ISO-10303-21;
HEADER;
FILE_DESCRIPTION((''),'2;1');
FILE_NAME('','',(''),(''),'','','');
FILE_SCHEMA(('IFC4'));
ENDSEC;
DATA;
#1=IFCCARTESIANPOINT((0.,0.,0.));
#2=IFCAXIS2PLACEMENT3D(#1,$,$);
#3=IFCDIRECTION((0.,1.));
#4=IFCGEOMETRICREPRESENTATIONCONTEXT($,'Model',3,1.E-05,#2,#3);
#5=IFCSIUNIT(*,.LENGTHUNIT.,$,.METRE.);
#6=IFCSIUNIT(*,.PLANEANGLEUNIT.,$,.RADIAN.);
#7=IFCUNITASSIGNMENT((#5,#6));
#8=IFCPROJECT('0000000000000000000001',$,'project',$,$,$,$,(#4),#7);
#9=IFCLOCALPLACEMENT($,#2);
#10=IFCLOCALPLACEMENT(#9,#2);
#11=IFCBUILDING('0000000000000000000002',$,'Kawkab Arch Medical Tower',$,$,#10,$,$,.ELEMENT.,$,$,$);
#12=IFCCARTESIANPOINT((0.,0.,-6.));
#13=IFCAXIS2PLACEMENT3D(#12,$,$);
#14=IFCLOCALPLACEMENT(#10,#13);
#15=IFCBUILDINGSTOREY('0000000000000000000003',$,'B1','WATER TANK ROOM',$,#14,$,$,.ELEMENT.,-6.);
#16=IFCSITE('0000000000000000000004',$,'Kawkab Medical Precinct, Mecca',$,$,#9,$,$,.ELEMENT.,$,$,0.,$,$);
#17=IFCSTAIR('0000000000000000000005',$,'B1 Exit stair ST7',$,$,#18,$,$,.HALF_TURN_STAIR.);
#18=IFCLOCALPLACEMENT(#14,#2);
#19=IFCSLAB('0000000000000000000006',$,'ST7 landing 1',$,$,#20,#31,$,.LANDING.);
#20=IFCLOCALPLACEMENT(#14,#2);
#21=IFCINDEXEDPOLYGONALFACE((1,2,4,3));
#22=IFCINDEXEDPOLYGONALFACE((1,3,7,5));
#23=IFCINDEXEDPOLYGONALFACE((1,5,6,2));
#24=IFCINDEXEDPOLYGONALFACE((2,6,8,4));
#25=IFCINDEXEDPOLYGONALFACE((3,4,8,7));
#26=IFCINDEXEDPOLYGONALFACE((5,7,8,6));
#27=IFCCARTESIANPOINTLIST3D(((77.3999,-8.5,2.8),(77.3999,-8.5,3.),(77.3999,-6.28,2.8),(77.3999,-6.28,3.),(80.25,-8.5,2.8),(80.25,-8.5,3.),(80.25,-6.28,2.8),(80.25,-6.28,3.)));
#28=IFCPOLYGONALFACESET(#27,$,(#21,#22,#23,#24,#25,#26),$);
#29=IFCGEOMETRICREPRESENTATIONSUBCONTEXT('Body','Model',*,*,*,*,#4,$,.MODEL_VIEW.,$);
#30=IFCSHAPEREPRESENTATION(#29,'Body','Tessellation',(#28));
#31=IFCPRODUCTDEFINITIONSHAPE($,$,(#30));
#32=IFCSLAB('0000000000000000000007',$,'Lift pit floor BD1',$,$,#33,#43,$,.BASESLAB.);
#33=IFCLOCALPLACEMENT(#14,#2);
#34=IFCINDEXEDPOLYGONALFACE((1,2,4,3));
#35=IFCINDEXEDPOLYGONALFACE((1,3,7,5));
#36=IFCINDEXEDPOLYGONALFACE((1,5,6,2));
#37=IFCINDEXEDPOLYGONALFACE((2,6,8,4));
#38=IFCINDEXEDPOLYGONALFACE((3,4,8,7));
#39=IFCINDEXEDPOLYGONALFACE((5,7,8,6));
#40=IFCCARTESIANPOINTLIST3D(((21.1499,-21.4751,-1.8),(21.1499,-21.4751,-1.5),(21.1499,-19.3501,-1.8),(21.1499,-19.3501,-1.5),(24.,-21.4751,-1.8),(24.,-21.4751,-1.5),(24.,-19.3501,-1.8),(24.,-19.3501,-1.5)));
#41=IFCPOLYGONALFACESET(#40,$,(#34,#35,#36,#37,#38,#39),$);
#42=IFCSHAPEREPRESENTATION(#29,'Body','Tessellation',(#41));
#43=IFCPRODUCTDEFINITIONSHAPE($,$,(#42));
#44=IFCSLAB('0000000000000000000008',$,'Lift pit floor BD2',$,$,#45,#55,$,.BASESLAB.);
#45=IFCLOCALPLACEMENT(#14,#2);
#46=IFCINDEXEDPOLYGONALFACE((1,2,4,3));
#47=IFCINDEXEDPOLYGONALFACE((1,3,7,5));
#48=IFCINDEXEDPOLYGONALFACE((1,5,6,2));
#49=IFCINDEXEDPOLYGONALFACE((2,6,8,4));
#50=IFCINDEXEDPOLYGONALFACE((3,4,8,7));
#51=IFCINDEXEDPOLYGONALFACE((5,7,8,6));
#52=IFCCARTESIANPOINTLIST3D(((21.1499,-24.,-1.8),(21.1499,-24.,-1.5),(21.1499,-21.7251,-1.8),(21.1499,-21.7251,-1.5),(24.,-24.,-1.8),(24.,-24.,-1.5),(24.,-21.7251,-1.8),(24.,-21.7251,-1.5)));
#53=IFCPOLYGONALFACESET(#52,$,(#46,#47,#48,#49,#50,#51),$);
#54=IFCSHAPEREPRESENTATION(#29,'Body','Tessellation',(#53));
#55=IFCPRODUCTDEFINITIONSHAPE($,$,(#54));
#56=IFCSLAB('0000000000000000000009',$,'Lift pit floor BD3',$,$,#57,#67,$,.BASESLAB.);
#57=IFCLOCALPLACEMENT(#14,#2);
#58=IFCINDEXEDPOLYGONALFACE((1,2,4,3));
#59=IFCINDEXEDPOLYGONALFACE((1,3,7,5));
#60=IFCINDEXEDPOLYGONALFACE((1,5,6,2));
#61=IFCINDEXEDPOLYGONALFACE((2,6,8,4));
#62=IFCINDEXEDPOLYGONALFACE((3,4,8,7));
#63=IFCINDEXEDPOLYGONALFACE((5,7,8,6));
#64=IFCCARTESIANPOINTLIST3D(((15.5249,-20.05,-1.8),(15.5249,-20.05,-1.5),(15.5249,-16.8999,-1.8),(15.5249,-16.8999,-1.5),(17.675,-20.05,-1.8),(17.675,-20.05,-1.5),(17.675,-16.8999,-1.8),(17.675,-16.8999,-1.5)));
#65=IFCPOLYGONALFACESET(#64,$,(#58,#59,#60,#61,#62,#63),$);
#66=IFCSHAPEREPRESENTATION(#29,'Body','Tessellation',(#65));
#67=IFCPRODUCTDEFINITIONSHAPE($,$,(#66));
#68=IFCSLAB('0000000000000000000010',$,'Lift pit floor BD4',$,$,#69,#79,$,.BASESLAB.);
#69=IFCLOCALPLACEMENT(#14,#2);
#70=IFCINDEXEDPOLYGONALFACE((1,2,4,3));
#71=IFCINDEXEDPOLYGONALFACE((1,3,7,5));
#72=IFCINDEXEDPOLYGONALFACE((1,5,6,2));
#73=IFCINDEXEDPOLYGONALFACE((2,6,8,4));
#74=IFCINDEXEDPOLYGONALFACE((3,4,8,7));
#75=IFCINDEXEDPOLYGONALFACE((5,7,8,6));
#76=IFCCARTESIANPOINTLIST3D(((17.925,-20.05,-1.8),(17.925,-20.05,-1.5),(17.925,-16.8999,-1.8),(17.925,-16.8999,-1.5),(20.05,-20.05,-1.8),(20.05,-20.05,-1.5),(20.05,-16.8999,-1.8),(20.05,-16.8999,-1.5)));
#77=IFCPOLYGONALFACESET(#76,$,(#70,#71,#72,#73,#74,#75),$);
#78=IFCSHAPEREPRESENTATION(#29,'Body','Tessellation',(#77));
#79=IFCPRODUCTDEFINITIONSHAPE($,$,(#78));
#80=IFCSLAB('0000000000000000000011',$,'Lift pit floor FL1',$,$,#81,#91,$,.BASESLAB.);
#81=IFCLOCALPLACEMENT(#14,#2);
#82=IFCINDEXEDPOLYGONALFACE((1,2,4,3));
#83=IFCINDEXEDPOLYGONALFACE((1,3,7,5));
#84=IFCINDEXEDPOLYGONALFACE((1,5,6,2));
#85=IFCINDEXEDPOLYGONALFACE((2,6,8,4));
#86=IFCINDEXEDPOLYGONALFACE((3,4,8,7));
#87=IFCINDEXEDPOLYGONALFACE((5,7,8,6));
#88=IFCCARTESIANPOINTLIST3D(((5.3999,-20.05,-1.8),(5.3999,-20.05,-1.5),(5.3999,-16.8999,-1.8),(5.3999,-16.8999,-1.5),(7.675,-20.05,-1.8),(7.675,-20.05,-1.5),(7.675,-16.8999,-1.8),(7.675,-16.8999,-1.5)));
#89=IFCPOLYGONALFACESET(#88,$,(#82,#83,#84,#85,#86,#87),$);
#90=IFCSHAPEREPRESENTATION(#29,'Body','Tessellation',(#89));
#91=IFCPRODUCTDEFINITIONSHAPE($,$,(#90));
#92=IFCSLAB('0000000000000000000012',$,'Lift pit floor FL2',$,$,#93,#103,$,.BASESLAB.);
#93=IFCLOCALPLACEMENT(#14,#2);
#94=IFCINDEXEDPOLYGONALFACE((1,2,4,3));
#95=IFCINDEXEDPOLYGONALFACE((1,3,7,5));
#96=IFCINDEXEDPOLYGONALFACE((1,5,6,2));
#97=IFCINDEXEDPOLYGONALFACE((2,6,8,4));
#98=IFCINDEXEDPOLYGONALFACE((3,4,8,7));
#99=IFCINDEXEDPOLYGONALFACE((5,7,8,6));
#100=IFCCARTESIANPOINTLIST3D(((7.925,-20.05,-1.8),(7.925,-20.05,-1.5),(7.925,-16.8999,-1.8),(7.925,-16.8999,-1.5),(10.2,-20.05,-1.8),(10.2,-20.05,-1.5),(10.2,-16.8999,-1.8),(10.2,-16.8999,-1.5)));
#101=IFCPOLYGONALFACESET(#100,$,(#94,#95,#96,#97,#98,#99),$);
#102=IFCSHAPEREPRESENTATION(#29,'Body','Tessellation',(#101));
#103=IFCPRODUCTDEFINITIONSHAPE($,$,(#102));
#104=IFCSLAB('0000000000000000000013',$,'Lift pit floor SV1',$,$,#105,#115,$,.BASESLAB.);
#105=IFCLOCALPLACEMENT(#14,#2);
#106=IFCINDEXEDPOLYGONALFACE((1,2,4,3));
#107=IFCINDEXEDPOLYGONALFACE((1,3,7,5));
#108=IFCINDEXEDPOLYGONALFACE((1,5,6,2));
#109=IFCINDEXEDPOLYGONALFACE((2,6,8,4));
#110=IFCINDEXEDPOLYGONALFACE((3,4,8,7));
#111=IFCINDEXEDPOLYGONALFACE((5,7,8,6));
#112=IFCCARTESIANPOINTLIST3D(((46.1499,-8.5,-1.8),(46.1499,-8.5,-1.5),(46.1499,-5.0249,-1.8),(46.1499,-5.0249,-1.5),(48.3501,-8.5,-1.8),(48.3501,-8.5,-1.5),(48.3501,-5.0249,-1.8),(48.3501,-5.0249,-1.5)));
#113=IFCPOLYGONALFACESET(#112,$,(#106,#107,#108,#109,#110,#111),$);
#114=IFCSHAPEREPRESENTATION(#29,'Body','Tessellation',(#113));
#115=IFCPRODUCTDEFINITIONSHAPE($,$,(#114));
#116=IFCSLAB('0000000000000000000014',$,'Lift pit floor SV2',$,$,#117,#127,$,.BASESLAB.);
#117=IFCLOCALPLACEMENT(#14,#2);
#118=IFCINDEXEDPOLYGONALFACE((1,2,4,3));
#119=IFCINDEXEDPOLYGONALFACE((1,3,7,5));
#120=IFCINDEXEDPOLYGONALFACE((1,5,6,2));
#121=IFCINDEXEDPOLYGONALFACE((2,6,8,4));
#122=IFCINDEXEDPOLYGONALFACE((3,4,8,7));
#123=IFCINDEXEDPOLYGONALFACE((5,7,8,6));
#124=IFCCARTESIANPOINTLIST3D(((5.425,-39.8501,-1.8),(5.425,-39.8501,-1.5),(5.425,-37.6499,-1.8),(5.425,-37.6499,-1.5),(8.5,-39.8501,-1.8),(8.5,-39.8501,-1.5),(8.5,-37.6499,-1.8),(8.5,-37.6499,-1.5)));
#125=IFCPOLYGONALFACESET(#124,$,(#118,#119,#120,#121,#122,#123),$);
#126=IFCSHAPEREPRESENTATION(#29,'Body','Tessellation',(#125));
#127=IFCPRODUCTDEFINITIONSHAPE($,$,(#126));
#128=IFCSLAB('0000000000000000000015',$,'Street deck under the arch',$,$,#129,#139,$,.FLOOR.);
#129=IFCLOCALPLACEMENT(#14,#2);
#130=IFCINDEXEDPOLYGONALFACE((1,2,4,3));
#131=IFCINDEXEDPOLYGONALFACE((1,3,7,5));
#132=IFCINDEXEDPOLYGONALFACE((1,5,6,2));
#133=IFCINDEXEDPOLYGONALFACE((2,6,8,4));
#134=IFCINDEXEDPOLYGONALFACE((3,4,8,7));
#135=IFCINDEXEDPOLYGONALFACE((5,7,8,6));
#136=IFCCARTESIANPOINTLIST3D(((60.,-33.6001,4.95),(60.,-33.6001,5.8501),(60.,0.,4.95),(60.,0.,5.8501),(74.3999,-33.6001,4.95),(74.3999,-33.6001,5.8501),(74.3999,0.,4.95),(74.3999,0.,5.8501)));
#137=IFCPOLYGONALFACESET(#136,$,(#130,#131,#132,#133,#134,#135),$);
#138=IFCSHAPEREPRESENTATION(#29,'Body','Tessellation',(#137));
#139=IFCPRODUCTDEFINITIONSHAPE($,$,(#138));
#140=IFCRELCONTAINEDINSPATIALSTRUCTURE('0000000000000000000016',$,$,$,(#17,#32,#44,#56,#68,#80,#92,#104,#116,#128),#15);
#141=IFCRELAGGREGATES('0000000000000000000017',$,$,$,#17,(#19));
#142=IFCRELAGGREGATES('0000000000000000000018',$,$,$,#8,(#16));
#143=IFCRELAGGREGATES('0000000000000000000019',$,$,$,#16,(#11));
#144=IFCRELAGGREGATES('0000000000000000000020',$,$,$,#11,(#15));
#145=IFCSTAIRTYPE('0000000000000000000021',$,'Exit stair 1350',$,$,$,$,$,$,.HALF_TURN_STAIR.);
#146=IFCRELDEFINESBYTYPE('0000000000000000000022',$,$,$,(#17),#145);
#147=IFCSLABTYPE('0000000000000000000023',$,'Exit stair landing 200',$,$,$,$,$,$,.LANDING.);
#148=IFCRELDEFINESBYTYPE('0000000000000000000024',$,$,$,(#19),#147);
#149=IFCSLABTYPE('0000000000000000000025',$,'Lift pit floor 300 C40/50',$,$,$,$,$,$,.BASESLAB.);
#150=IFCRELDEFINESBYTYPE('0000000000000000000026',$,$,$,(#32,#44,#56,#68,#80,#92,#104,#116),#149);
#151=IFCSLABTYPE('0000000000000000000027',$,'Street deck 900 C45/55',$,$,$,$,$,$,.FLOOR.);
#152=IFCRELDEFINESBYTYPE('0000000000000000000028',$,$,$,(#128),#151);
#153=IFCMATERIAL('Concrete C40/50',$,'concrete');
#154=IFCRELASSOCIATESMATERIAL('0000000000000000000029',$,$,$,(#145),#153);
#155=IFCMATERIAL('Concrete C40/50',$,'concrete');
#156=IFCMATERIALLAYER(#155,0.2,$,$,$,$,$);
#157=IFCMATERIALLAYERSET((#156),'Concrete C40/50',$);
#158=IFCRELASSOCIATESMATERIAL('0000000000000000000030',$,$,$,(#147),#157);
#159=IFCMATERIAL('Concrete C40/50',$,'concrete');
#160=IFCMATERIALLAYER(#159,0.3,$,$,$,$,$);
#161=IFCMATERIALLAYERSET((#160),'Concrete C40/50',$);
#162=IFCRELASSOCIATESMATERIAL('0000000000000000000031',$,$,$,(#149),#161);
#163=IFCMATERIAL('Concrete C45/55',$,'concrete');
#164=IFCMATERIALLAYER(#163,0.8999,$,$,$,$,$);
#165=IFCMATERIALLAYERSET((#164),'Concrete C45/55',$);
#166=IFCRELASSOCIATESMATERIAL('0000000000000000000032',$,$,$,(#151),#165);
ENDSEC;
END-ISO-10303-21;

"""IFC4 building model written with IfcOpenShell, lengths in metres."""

from ifc_helpers import new_model, si_unit, direction, frame, origin, place, context, subcontext, project, spatial, polyline, outline, extrude, material, layer, layer_set, type_object, element, aggregate, save


model = new_model("IFC4")

# Units and contexts
model_context = context("Model", 3, precision=1e-05, world=origin(), true_north=direction((0.0, 1.0)))
body_context = subcontext(model_context, "Body", "Model", "MODEL_VIEW")
ifc_project = project(units=[si_unit("LENGTHUNIT", "METRE"), si_unit("PLANEANGLEUNIT", "RADIAN")], contexts=[model_context])

# Site, building, storey
site_placement = place(None, origin())
site = spatial("IfcSite", under=ifc_project, at=site_placement, Name="Kawkab Medical Precinct, Mecca", CompositionType="ELEMENT", RefElevation=0.0)
building_placement = place(site_placement, origin())
building = spatial("IfcBuilding", under=site, at=building_placement, Name="Kawkab Arch Medical Tower", CompositionType="ELEMENT")
storey_placement = place(building_placement, frame((0.0, 0.0, -6.0)))
storey = spatial("IfcBuildingStorey", under=building, at=storey_placement, Name="B1", Description="WATER TANK ROOM", CompositionType="ELEMENT", Elevation=-6.0)

# Stair, slab
ifc_material_1 = material(Name="Concrete C40/50", Category="concrete")
stair_type = type_object("IfcStairType", Name="Exit stair 1350", PredefinedType="HALF_TURN_STAIR", material=ifc_material_1)
placement_1 = place(storey_placement, origin())
ifc_material_2 = material(Name="Concrete C40/50", Category="concrete")
ifc_layer_1 = layer(ifc_material_2, 0.2)
ifc_layer_set_1 = layer_set([ifc_layer_1], Name="Concrete C40/50")
slab_type_1 = type_object("IfcSlabType", Name="Exit stair landing 200", PredefinedType="LANDING", material=ifc_layer_set_1)
placement_2 = place(storey_placement, frame((0.0, 0.0, 2.8)))
stair_1 = element("IfcStair", 1, at=placement_1, inside=storey, type_object=stair_type, Name="B1 Exit stair ST7", PredefinedType="HALF_TURN_STAIR")
slab_1 = element("IfcSlab", 2, at=placement_2, type_object=slab_type_1, Name="ST7 landing 1", PredefinedType="LANDING", context=body_context, shape_type="SweptSolid", body=[
    extrude(outline(polyline([(77.3999, -6.28), (77.3999, -8.5), (80.25, -8.5), (80.25, -6.28), (77.3999, -6.28)])), origin(), (0.0, 0.0, 1.0), 0.2),
])
aggregate(stair_1, [slab_1])

# Slabs
ifc_material_3 = material(Name="Concrete C40/50", Category="concrete")
ifc_layer_2 = layer(ifc_material_3, 0.3)
ifc_layer_set_2 = layer_set([ifc_layer_2], Name="Concrete C40/50")
slab_type_2 = type_object("IfcSlabType", Name="Lift pit floor 300 C40/50", PredefinedType="BASESLAB", material=ifc_layer_set_2)
placement_3 = place(storey_placement, frame((0.0, 0.0, -1.8)))
element("IfcSlab", 3, at=placement_3, inside=storey, type_object=slab_type_2, Name="Lift pit floor BD1", PredefinedType="BASESLAB", context=body_context, shape_type="SweptSolid", body=[
    extrude(outline(polyline([(21.1499, -21.4751), (24.0, -21.4751), (24.0, -19.3501), (21.1499, -19.3501), (21.1499, -21.4751)])), origin(), (0.0, 0.0, 1.0), 0.3),
])
element("IfcSlab", 4, at=placement_3, inside=storey, type_object=slab_type_2, Name="Lift pit floor BD2", PredefinedType="BASESLAB", context=body_context, shape_type="SweptSolid", body=[
    extrude(outline(polyline([(21.1499, -24.0), (24.0, -24.0), (24.0, -21.7251), (21.1499, -21.7251), (21.1499, -24.0)])), origin(), (0.0, 0.0, 1.0), 0.3),
])
element("IfcSlab", 5, at=placement_3, inside=storey, type_object=slab_type_2, Name="Lift pit floor BD3", PredefinedType="BASESLAB", context=body_context, shape_type="SweptSolid", body=[
    extrude(outline(polyline([(15.5249, -20.05), (17.675, -20.05), (17.675, -16.8999), (15.5249, -16.8999), (15.5249, -20.05)])), origin(), (0.0, 0.0, 1.0), 0.3),
])
element("IfcSlab", 6, at=placement_3, inside=storey, type_object=slab_type_2, Name="Lift pit floor BD4", PredefinedType="BASESLAB", context=body_context, shape_type="SweptSolid", body=[
    extrude(outline(polyline([(17.925, -20.05), (20.05, -20.05), (20.05, -16.8999), (17.925, -16.8999), (17.925, -20.05)])), origin(), (0.0, 0.0, 1.0), 0.3),
])
element("IfcSlab", 7, at=placement_3, inside=storey, type_object=slab_type_2, Name="Lift pit floor FL1", PredefinedType="BASESLAB", context=body_context, shape_type="SweptSolid", body=[
    extrude(outline(polyline([(5.3999, -20.05), (7.675, -20.05), (7.675, -16.8999), (5.3999, -16.8999), (5.3999, -20.05)])), origin(), (0.0, 0.0, 1.0), 0.3),
])
element("IfcSlab", 8, at=placement_3, inside=storey, type_object=slab_type_2, Name="Lift pit floor FL2", PredefinedType="BASESLAB", context=body_context, shape_type="SweptSolid", body=[
    extrude(outline(polyline([(7.925, -20.05), (10.2, -20.05), (10.2, -16.8999), (7.925, -16.8999), (7.925, -20.05)])), origin(), (0.0, 0.0, 1.0), 0.3),
])
element("IfcSlab", 9, at=placement_3, inside=storey, type_object=slab_type_2, Name="Lift pit floor SV1", PredefinedType="BASESLAB", context=body_context, shape_type="SweptSolid", body=[
    extrude(outline(polyline([(46.1499, -8.5), (48.3501, -8.5), (48.3501, -5.0249), (46.1499, -5.0249), (46.1499, -8.5)])), origin(), (0.0, 0.0, 1.0), 0.3),
])
element("IfcSlab", 10, at=placement_3, inside=storey, type_object=slab_type_2, Name="Lift pit floor SV2", PredefinedType="BASESLAB", context=body_context, shape_type="SweptSolid", body=[
    extrude(outline(polyline([(5.425, -39.8501), (8.5, -39.8501), (8.5, -37.6499), (5.425, -37.6499), (5.425, -39.8501)])), origin(), (0.0, 0.0, 1.0), 0.3),
])
ifc_material_4 = material(Name="Concrete C45/55", Category="concrete")
ifc_layer_3 = layer(ifc_material_4, 0.8999)
ifc_layer_set_3 = layer_set([ifc_layer_3], Name="Concrete C45/55")
slab_type_3 = type_object("IfcSlabType", Name="Street deck 900 C45/55", PredefinedType="FLOOR", material=ifc_layer_set_3)
slab_2_placement = place(storey_placement, frame((0.0, 0.0, 4.95)))
element("IfcSlab", 11, at=slab_2_placement, inside=storey, type_object=slab_type_3, Name="Street deck under the arch", PredefinedType="FLOOR", context=body_context, shape_type="SweptSolid", body=[
    extrude(outline(polyline([(74.3999, -33.6001), (74.3999, 0.0), (60.0, 0.0), (60.0, -33.6001), (74.3999, -33.6001)])), origin(), (0.0, 0.0, 1.0), 0.9001),
])

save(model, "model.ifc")
